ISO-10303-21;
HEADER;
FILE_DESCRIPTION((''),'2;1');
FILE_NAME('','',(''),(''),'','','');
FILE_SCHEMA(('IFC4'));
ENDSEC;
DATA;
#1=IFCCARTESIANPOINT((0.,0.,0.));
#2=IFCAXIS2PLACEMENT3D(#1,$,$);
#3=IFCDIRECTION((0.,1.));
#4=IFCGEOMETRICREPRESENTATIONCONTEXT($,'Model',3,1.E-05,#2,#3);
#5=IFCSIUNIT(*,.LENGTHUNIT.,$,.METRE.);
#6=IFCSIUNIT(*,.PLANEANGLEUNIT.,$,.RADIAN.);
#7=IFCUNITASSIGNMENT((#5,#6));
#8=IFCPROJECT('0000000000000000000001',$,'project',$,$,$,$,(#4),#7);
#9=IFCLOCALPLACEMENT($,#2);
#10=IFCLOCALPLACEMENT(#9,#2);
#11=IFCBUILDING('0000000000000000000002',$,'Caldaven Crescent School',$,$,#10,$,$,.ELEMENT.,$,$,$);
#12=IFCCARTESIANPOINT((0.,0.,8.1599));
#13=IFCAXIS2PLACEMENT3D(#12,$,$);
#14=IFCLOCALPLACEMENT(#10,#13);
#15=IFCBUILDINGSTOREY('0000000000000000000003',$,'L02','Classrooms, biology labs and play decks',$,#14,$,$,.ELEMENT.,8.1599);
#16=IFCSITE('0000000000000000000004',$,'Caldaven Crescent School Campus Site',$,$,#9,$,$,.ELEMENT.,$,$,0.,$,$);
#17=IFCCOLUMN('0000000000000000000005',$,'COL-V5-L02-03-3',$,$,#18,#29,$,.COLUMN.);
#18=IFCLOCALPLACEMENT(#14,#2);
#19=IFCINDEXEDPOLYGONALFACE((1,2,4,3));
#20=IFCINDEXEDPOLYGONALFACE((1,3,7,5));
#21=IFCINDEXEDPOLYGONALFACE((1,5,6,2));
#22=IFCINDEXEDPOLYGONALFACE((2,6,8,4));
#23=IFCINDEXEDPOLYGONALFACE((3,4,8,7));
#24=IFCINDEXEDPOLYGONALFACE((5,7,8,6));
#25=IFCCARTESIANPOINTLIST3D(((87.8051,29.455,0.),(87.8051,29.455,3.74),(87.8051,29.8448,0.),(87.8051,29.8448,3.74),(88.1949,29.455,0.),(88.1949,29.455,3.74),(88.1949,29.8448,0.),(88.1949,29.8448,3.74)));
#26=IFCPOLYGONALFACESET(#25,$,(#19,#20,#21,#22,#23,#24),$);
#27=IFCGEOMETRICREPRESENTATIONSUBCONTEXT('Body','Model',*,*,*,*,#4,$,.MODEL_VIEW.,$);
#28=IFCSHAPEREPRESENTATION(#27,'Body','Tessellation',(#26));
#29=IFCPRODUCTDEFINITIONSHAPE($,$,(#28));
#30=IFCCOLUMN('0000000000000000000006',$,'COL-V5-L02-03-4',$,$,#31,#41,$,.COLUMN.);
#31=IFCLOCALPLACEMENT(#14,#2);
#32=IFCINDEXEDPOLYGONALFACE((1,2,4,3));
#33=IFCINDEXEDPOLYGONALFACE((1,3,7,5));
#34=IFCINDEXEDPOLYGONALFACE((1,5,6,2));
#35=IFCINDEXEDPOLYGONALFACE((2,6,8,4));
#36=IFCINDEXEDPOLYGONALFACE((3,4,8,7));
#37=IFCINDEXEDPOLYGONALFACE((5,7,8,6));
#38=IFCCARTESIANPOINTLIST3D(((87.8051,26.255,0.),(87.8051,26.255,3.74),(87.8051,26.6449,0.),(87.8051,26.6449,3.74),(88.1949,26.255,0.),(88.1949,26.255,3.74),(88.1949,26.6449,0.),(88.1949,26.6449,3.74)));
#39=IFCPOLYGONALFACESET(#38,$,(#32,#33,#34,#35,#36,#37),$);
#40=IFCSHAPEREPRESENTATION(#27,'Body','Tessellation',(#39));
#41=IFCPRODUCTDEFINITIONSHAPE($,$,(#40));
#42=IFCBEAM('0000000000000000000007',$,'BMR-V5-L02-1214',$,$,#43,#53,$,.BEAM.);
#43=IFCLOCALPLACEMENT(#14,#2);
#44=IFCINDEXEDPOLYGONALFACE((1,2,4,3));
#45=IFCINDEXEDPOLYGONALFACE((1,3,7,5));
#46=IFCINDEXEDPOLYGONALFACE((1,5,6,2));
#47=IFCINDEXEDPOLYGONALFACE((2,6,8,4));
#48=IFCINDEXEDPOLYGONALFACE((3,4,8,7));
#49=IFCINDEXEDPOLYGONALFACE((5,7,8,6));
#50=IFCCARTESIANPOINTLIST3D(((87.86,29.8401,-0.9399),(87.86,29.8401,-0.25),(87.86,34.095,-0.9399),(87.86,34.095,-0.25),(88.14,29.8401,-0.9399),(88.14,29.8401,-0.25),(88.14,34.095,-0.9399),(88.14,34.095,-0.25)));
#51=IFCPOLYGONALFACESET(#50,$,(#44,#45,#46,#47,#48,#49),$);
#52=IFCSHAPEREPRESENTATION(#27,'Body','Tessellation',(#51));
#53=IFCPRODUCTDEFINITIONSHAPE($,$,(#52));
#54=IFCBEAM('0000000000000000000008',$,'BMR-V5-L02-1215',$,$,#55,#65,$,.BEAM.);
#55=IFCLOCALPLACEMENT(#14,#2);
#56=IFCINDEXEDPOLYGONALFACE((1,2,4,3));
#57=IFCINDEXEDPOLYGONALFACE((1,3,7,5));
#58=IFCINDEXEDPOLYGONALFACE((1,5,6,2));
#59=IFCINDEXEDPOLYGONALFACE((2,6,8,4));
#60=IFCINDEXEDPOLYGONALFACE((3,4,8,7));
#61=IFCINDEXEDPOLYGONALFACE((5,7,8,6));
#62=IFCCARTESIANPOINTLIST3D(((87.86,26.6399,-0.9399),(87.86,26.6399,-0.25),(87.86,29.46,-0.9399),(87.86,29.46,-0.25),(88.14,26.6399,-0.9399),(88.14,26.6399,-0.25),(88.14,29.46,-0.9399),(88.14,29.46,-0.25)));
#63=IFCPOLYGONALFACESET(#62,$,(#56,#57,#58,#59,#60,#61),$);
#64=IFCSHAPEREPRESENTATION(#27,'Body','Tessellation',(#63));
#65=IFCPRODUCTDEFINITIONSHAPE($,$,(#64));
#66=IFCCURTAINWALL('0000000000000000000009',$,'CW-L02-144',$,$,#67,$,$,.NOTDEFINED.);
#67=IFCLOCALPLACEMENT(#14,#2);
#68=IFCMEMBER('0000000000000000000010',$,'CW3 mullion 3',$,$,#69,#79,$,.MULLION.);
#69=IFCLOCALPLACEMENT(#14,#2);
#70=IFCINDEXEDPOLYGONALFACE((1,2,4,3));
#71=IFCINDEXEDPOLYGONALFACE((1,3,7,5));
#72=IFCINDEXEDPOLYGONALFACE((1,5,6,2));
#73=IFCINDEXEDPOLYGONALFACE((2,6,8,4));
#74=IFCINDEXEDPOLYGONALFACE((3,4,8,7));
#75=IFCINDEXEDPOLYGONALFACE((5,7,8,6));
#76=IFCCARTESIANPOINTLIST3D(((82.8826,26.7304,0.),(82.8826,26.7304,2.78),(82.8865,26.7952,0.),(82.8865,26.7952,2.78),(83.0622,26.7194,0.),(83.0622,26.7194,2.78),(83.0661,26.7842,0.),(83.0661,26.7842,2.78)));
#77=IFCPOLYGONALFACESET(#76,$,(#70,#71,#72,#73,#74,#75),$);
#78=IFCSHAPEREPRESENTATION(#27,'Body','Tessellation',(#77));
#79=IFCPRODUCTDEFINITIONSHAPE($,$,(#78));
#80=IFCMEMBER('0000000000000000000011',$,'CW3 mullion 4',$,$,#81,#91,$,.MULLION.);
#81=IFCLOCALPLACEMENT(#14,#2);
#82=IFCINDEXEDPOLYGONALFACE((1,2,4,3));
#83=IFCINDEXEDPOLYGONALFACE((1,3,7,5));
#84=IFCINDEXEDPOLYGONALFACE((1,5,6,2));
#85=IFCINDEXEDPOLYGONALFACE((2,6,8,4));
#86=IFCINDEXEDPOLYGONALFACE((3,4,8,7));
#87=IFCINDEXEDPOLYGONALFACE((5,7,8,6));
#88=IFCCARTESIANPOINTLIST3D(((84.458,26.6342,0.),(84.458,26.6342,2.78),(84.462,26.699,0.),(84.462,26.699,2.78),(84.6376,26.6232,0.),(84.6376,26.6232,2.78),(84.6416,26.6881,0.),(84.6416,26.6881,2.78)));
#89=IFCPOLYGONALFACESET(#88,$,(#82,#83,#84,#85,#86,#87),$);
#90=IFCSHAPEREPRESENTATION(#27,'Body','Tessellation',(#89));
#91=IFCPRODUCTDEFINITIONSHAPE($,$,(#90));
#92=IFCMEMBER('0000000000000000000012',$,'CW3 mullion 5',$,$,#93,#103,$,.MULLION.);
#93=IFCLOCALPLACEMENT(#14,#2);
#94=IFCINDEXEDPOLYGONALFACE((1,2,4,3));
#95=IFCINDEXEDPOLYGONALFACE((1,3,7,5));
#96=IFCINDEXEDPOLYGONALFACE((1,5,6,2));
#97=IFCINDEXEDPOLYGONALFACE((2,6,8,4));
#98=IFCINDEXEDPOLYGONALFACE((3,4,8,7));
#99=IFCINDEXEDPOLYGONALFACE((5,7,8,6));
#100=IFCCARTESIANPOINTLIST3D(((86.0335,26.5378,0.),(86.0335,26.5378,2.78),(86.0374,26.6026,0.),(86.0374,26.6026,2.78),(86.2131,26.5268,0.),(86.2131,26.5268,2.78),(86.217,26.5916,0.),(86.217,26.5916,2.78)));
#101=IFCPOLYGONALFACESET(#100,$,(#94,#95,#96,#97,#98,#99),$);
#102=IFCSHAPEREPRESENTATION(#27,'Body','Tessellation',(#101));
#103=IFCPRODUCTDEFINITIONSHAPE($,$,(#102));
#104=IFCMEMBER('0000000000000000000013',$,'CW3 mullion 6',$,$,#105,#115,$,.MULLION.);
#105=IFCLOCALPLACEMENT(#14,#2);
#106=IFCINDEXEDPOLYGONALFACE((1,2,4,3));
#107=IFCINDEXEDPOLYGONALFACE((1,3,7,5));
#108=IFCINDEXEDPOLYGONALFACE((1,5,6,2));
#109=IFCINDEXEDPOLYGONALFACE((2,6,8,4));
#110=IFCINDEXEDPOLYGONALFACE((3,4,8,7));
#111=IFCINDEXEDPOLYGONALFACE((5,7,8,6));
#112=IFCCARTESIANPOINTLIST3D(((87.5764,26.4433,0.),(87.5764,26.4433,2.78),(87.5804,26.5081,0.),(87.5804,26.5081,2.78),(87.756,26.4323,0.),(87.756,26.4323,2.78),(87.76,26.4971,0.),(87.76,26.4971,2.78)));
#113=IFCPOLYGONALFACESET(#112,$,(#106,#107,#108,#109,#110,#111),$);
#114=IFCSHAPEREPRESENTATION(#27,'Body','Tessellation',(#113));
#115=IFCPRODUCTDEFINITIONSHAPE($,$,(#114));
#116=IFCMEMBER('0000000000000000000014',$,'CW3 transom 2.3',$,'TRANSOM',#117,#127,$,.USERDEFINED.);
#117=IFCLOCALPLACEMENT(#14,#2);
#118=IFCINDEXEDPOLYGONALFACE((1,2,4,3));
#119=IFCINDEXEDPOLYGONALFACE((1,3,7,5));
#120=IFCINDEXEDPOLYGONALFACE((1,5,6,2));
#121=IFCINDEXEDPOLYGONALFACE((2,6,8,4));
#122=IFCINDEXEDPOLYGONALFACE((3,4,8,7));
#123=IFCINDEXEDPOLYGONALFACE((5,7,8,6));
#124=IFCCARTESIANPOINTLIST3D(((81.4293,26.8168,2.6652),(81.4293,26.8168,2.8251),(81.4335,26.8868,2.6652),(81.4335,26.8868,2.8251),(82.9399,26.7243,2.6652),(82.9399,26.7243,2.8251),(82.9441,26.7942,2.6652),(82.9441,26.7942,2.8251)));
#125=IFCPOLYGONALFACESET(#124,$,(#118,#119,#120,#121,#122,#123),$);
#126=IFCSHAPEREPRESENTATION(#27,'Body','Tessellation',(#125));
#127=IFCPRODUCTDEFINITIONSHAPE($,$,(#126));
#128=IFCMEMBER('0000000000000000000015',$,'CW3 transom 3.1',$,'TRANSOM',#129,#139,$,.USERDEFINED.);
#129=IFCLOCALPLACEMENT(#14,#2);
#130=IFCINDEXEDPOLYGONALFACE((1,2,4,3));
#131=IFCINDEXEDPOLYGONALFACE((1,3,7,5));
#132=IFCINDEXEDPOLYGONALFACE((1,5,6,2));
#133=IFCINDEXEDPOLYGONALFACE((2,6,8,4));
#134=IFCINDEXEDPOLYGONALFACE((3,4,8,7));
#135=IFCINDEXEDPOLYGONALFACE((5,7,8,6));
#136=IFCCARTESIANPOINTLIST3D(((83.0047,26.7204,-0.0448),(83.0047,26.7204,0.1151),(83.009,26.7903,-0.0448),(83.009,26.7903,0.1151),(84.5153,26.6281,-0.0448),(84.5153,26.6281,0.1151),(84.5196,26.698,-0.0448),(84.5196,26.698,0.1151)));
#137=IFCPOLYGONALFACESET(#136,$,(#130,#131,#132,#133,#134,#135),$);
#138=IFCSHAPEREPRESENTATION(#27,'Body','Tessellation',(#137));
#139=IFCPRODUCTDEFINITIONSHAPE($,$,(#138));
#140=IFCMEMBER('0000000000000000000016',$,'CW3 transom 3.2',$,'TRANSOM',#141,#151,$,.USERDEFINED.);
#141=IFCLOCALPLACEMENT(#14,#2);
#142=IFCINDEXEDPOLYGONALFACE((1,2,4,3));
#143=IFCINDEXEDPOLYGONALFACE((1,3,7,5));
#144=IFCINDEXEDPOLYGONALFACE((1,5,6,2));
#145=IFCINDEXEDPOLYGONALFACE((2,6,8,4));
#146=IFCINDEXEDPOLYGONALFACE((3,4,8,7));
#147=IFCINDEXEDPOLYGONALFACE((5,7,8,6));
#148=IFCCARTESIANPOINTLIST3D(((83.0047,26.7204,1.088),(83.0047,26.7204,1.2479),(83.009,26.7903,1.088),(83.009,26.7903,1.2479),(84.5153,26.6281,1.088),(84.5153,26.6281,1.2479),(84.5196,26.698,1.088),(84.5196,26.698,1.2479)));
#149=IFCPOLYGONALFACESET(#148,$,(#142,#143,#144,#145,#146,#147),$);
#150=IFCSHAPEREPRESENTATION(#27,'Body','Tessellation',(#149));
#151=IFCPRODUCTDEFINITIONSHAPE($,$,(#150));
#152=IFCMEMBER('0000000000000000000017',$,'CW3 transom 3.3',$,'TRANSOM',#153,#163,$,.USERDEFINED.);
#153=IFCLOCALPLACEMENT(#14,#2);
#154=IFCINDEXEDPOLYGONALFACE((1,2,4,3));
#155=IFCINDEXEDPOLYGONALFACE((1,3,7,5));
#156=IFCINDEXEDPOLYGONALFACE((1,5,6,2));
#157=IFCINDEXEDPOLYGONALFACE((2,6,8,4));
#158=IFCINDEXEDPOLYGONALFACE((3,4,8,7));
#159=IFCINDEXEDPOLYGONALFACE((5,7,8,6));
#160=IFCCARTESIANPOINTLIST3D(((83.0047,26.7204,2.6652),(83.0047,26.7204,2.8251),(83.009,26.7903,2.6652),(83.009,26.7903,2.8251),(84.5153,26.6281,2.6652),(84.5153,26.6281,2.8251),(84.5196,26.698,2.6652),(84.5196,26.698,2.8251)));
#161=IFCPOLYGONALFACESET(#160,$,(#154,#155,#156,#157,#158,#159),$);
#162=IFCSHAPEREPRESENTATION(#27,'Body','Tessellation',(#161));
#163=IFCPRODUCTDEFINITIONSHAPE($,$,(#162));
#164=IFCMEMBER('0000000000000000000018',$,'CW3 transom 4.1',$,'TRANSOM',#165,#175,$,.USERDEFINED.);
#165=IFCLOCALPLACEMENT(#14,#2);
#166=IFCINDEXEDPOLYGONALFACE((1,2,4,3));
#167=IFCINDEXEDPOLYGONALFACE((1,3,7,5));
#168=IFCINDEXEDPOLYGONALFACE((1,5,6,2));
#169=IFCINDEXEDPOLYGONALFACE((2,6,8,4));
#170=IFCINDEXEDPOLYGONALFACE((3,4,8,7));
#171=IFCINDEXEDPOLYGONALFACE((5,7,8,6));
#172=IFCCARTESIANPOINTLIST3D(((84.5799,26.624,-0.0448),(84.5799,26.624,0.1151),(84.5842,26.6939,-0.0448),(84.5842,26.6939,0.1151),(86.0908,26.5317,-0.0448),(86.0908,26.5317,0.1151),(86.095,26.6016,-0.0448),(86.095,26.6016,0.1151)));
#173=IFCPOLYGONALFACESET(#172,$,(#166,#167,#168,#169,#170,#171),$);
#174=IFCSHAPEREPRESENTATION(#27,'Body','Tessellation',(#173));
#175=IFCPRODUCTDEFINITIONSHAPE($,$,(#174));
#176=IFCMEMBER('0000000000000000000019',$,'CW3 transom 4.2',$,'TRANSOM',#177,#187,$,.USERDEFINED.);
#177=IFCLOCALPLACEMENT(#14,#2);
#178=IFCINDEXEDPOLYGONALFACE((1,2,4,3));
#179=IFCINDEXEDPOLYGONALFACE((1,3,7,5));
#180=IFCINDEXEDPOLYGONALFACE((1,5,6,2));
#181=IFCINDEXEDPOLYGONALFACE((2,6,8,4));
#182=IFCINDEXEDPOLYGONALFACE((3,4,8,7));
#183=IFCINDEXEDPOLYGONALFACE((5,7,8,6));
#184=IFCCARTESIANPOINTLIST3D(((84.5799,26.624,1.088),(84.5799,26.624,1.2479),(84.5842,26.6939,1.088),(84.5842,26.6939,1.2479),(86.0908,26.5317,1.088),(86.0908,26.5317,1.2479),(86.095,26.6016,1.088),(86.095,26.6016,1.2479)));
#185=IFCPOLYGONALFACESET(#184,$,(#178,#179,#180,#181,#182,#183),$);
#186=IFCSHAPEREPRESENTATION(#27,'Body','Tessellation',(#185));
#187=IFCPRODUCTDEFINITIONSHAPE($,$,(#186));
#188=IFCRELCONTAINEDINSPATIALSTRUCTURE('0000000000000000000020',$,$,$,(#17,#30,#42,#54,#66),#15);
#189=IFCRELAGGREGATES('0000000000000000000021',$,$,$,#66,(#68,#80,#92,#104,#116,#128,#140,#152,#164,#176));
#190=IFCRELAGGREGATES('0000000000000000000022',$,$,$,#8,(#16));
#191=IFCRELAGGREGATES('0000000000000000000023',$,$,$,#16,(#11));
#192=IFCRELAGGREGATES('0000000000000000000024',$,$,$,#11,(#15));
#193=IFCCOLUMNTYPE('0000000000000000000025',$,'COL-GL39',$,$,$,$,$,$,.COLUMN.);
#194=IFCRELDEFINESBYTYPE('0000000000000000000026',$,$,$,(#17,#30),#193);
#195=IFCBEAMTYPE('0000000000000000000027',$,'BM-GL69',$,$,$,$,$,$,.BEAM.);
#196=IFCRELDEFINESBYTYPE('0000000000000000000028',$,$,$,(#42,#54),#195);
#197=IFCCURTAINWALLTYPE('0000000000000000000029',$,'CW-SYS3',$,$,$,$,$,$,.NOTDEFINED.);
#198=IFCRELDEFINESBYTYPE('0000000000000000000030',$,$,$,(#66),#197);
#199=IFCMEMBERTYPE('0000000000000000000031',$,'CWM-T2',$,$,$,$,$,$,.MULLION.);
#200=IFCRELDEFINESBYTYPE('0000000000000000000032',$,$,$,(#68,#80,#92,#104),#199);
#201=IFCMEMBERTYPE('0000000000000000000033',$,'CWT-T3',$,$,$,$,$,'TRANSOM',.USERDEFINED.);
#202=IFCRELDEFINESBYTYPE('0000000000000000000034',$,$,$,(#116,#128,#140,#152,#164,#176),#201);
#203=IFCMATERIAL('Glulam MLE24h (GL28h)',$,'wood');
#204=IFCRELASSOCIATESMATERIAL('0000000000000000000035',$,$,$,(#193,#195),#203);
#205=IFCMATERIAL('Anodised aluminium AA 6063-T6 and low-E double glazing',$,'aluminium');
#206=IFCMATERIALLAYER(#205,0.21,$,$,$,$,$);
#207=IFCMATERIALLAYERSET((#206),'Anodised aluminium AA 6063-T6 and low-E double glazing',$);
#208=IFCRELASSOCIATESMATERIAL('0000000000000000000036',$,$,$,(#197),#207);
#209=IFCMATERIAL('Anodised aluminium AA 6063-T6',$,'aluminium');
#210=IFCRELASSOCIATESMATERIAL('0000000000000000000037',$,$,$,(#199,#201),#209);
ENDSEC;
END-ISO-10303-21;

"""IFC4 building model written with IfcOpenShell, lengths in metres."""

from ifc_helpers import new_model, si_unit, direction, frame, origin, origin_2d, place, context, subcontext, project, spatial, rectangle, extrude, material, layer, layer_set, material_profile, profile_set, type_object, element, aggregate, save


model = new_model("IFC4")

# Units and contexts
model_context = context("Model", 3, precision=1e-05, world=origin(), true_north=direction((0.0, 1.0)))
body_context = subcontext(model_context, "Body", "Model", "MODEL_VIEW")
ifc_project = project(units=[si_unit("LENGTHUNIT", "METRE"), si_unit("PLANEANGLEUNIT", "RADIAN")], contexts=[model_context])

# Site, building, storey
site_placement = place(None, origin())
site = spatial("IfcSite", under=ifc_project, at=site_placement, Name="Caldaven Crescent School Campus Site", CompositionType="ELEMENT", RefElevation=0.0)
building_placement = place(site_placement, origin())
building = spatial("IfcBuilding", under=site, at=building_placement, Name="Caldaven Crescent School", CompositionType="ELEMENT")
storey_placement = place(building_placement, frame((0.0, 0.0, 8.1599)))
storey = spatial("IfcBuildingStorey", under=building, at=storey_placement, Name="L02", Description="Classrooms, biology labs and play decks", CompositionType="ELEMENT", Elevation=8.1599)

# Columns
ifc_material_1 = material(Name="Glulam MLE24h (GL28h)", Category="wood")
ifc_material_profile_1 = material_profile(ifc_material_1, rectangle(XDim=0.3899, YDim=0.3899, at=origin_2d()), Name="MLE 390x390")
ifc_profile_set_1 = profile_set([ifc_material_profile_1], Name="Glulam MLE24h (GL28h)")
column_type = type_object("IfcColumnType", Name="COL-GL39", PredefinedType="COLUMN", material=ifc_profile_set_1)
for number, where, z_axis, x_axis, name in (
    (1, (88.0, 29.6499, 0.0), (0.0, 0.0, 1.0), (0.0, -1.0, 0.0), "COL-V5-L02-03-3"),
    (2, (88.0, 26.45, 0.0), (0.0, 0.0, 1.0), (0.0, -1.0, 0.0), "COL-V5-L02-03-4"),
):
    element("IfcColumn", number, at=place(storey_placement, frame(where, z_axis=z_axis, x_axis=x_axis)), inside=storey, type_object=column_type, Name=name, PredefinedType="COLUMN", context=body_context, shape_type="SweptSolid", body=[
        extrude(rectangle(XDim=0.3899, YDim=0.3899, at=origin_2d()), origin(), (0.0, 0.0, 1.0), 3.74),
    ])

# Beams
ifc_material_profile_2 = material_profile(ifc_material_1, rectangle(XDim=0.28, YDim=0.6899, at=origin_2d()), Name="MLE 280x690")
ifc_profile_set_2 = profile_set([ifc_material_profile_2], Name="Glulam MLE24h (GL28h)")
beam_type_1 = type_object("IfcBeamType", Name="BM-GL69", PredefinedType="BEAM", material=ifc_profile_set_2)
beam_1_placement = place(storey_placement, frame((88.0, 34.095, -0.595), z_axis=(0.0, -1.0, 0.0), x_axis=(1.0, 0.0, 0.0)))
element("IfcBeam", 3, at=beam_1_placement, inside=storey, type_object=beam_type_1, Name="BMR-V5-L02-1214", PredefinedType="BEAM", context=body_context, shape_type="SweptSolid", body=[
    extrude(rectangle(XDim=0.28, YDim=0.6899, at=origin_2d()), origin(), (0.0, 0.0, 1.0), 4.2549),
])
beam_2_placement = place(storey_placement, frame((88.0, 29.46, -0.595), z_axis=(0.0, -1.0, 0.0), x_axis=(1.0, 0.0, 0.0)))
element("IfcBeam", 4, at=beam_2_placement, inside=storey, type_object=beam_type_1, Name="BMR-V5-L02-1215", PredefinedType="BEAM", context=body_context, shape_type="SweptSolid", body=[
    extrude(rectangle(XDim=0.28, YDim=0.6899, at=origin_2d()), origin(), (0.0, 0.0, 1.0), 2.8201),
])

# Curtain wall, members
ifc_material_2 = material(Name="Anodised aluminium AA 6063-T6 and low-E double glazing", Category="aluminium")
ifc_layer_1 = layer(ifc_material_2, 0.21)
ifc_layer_set_1 = layer_set([ifc_layer_1], Name="Anodised aluminium AA 6063-T6 and low-E double glazing")
curtain_wall_type = type_object("IfcCurtainWallType", Name="CW-SYS3", PredefinedType="NOTDEFINED", material=ifc_layer_set_1)
curtain_wall_placement = place(storey_placement, origin())
curtain_wall = element("IfcCurtainWall", 5, at=curtain_wall_placement, inside=storey, type_object=curtain_wall_type, Name="CW-L02-144", PredefinedType="NOTDEFINED")
ifc_material_3 = material(Name="Anodised aluminium AA 6063-T6", Category="aluminium")
ifc_material_profile_3 = material_profile(ifc_material_3, rectangle(XDim=0.0649, YDim=0.1799, at=origin_2d()), Name="CWM 65x180")
ifc_profile_set_3 = profile_set([ifc_material_profile_3], Name="Anodised aluminium AA 6063-T6")
member_type_1 = type_object("IfcMemberType", Name="CWM-T2", PredefinedType="MULLION", material=ifc_profile_set_3)
member_1_placement = place(storey_placement, frame((82.9744, 26.7573, 0.0), z_axis=(0.0, 0.0, 1.0), x_axis=(0.061049, 0.998135, 0.0)))
member_1 = element("IfcMember", 6, at=member_1_placement, type_object=member_type_1, Name="CW3 mullion 3", PredefinedType="MULLION", context=body_context, shape_type="SweptSolid", body=[
    extrude(rectangle(XDim=0.0649, YDim=0.1799, at=origin_2d()), origin(), (0.0, 0.0, 1.0), 2.78),
])
member_2_placement = place(storey_placement, frame((84.5498, 26.6611, 0.0), z_axis=(0.0, 0.0, 1.0), x_axis=(0.061049, 0.998135, 0.0)))
member_2 = element("IfcMember", 7, at=member_2_placement, type_object=member_type_1, Name="CW3 mullion 4", PredefinedType="MULLION", context=body_context, shape_type="SweptSolid", body=[
    extrude(rectangle(XDim=0.0649, YDim=0.1799, at=origin_2d()), origin(), (0.0, 0.0, 1.0), 2.78),
])
member_3_placement = place(storey_placement, frame((86.1252, 26.5647, 0.0), z_axis=(0.0, 0.0, 1.0), x_axis=(0.061049, 0.998135, 0.0)))
member_3 = element("IfcMember", 8, at=member_3_placement, type_object=member_type_1, Name="CW3 mullion 5", PredefinedType="MULLION", context=body_context, shape_type="SweptSolid", body=[
    extrude(rectangle(XDim=0.0649, YDim=0.1799, at=origin_2d()), origin(), (0.0, 0.0, 1.0), 2.78),
])
member_4_placement = place(storey_placement, frame((87.6682, 26.4702, 0.0), z_axis=(0.0, 0.0, 1.0), x_axis=(0.061049, 0.998135, 0.0)))
member_4 = element("IfcMember", 9, at=member_4_placement, type_object=member_type_1, Name="CW3 mullion 6", PredefinedType="MULLION", context=body_context, shape_type="SweptSolid", body=[
    extrude(rectangle(XDim=0.0649, YDim=0.1799, at=origin_2d()), origin(), (0.0, 0.0, 1.0), 2.78),
])
ifc_material_profile_4 = material_profile(ifc_material_3, rectangle(XDim=0.0701, YDim=0.1599, at=origin_2d()), Name="CWT 70x160")
ifc_profile_set_4 = profile_set([ifc_material_profile_4], Name="Anodised aluminium AA 6063-T6")
member_type_2 = type_object("IfcMemberType", Name="CWT-T3", ElementType="TRANSOM", PredefinedType="USERDEFINED", material=ifc_profile_set_4)
member_5_placement = place(storey_placement, frame((81.4314, 26.8518, 2.7451), z_axis=(0.998129, -0.061143, 0.0), x_axis=(0.061143, 0.998129, 0.0)))
member_5 = element("IfcMember", 10, at=member_5_placement, type_object=member_type_2, Name="CW3 transom 2.3", ObjectType="TRANSOM", PredefinedType="USERDEFINED", context=body_context, shape_type="SweptSolid", body=[
    extrude(rectangle(XDim=0.0701, YDim=0.1599, at=origin_2d()), origin(), (0.0, 0.0, 1.0), 1.5134),
])
member_6_placement = place(storey_placement, frame((83.0068, 26.7554, 0.0352), z_axis=(0.998139, -0.060982, 0.0), x_axis=(0.060982, 0.998139, 0.0)))
member_6 = element("IfcMember", 11, at=member_6_placement, type_object=member_type_2, Name="CW3 transom 3.1", ObjectType="TRANSOM", PredefinedType="USERDEFINED", context=body_context, shape_type="SweptSolid", body=[
    extrude(rectangle(XDim=0.0701, YDim=0.1599, at=origin_2d()), origin(), (0.0, 0.0, 1.0), 1.5134),
])
member_7_placement = place(storey_placement, frame((83.0068, 26.7554, 1.168), z_axis=(0.998139, -0.060982, 0.0), x_axis=(0.060982, 0.998139, 0.0)))
member_7 = element("IfcMember", 12, at=member_7_placement, type_object=member_type_2, Name="CW3 transom 3.2", ObjectType="TRANSOM", PredefinedType="USERDEFINED", context=body_context, shape_type="SweptSolid", body=[
    extrude(rectangle(XDim=0.0701, YDim=0.1599, at=origin_2d()), origin(), (0.0, 0.0, 1.0), 1.5134),
])
member_8_placement = place(storey_placement, frame((83.0068, 26.7554, 2.7451), z_axis=(0.998139, -0.060982, 0.0), x_axis=(0.060982, 0.998139, 0.0)))
member_8 = element("IfcMember", 13, at=member_8_placement, type_object=member_type_2, Name="CW3 transom 3.3", ObjectType="TRANSOM", PredefinedType="USERDEFINED", context=body_context, shape_type="SweptSolid", body=[
    extrude(rectangle(XDim=0.0701, YDim=0.1599, at=origin_2d()), origin(), (0.0, 0.0, 1.0), 1.5134),
])
member_9_placement = place(storey_placement, frame((84.582, 26.6589, 0.0352), z_axis=(0.998139, -0.060972, 0.0), x_axis=(0.060972, 0.998139, 0.0)))
member_9 = element("IfcMember", 14, at=member_9_placement, type_object=member_type_2, Name="CW3 transom 4.1", ObjectType="TRANSOM", PredefinedType="USERDEFINED", context=body_context, shape_type="SweptSolid", body=[
    extrude(rectangle(XDim=0.0701, YDim=0.1599, at=origin_2d()), origin(), (0.0, 0.0, 1.0), 1.5137),
])
member_10_placement = place(storey_placement, frame((84.582, 26.6589, 1.168), z_axis=(0.998139, -0.060972, 0.0), x_axis=(0.060972, 0.998139, 0.0)))
member_10 = element("IfcMember", 15, at=member_10_placement, type_object=member_type_2, Name="CW3 transom 4.2", ObjectType="TRANSOM", PredefinedType="USERDEFINED", context=body_context, shape_type="SweptSolid", body=[
    extrude(rectangle(XDim=0.0701, YDim=0.1599, at=origin_2d()), origin(), (0.0, 0.0, 1.0), 1.5137),
])

aggregate(curtain_wall, [member_1, member_2, member_3, member_4, member_5, member_6, member_7, member_8, member_9, member_10])

save(model, "model.ifc")
